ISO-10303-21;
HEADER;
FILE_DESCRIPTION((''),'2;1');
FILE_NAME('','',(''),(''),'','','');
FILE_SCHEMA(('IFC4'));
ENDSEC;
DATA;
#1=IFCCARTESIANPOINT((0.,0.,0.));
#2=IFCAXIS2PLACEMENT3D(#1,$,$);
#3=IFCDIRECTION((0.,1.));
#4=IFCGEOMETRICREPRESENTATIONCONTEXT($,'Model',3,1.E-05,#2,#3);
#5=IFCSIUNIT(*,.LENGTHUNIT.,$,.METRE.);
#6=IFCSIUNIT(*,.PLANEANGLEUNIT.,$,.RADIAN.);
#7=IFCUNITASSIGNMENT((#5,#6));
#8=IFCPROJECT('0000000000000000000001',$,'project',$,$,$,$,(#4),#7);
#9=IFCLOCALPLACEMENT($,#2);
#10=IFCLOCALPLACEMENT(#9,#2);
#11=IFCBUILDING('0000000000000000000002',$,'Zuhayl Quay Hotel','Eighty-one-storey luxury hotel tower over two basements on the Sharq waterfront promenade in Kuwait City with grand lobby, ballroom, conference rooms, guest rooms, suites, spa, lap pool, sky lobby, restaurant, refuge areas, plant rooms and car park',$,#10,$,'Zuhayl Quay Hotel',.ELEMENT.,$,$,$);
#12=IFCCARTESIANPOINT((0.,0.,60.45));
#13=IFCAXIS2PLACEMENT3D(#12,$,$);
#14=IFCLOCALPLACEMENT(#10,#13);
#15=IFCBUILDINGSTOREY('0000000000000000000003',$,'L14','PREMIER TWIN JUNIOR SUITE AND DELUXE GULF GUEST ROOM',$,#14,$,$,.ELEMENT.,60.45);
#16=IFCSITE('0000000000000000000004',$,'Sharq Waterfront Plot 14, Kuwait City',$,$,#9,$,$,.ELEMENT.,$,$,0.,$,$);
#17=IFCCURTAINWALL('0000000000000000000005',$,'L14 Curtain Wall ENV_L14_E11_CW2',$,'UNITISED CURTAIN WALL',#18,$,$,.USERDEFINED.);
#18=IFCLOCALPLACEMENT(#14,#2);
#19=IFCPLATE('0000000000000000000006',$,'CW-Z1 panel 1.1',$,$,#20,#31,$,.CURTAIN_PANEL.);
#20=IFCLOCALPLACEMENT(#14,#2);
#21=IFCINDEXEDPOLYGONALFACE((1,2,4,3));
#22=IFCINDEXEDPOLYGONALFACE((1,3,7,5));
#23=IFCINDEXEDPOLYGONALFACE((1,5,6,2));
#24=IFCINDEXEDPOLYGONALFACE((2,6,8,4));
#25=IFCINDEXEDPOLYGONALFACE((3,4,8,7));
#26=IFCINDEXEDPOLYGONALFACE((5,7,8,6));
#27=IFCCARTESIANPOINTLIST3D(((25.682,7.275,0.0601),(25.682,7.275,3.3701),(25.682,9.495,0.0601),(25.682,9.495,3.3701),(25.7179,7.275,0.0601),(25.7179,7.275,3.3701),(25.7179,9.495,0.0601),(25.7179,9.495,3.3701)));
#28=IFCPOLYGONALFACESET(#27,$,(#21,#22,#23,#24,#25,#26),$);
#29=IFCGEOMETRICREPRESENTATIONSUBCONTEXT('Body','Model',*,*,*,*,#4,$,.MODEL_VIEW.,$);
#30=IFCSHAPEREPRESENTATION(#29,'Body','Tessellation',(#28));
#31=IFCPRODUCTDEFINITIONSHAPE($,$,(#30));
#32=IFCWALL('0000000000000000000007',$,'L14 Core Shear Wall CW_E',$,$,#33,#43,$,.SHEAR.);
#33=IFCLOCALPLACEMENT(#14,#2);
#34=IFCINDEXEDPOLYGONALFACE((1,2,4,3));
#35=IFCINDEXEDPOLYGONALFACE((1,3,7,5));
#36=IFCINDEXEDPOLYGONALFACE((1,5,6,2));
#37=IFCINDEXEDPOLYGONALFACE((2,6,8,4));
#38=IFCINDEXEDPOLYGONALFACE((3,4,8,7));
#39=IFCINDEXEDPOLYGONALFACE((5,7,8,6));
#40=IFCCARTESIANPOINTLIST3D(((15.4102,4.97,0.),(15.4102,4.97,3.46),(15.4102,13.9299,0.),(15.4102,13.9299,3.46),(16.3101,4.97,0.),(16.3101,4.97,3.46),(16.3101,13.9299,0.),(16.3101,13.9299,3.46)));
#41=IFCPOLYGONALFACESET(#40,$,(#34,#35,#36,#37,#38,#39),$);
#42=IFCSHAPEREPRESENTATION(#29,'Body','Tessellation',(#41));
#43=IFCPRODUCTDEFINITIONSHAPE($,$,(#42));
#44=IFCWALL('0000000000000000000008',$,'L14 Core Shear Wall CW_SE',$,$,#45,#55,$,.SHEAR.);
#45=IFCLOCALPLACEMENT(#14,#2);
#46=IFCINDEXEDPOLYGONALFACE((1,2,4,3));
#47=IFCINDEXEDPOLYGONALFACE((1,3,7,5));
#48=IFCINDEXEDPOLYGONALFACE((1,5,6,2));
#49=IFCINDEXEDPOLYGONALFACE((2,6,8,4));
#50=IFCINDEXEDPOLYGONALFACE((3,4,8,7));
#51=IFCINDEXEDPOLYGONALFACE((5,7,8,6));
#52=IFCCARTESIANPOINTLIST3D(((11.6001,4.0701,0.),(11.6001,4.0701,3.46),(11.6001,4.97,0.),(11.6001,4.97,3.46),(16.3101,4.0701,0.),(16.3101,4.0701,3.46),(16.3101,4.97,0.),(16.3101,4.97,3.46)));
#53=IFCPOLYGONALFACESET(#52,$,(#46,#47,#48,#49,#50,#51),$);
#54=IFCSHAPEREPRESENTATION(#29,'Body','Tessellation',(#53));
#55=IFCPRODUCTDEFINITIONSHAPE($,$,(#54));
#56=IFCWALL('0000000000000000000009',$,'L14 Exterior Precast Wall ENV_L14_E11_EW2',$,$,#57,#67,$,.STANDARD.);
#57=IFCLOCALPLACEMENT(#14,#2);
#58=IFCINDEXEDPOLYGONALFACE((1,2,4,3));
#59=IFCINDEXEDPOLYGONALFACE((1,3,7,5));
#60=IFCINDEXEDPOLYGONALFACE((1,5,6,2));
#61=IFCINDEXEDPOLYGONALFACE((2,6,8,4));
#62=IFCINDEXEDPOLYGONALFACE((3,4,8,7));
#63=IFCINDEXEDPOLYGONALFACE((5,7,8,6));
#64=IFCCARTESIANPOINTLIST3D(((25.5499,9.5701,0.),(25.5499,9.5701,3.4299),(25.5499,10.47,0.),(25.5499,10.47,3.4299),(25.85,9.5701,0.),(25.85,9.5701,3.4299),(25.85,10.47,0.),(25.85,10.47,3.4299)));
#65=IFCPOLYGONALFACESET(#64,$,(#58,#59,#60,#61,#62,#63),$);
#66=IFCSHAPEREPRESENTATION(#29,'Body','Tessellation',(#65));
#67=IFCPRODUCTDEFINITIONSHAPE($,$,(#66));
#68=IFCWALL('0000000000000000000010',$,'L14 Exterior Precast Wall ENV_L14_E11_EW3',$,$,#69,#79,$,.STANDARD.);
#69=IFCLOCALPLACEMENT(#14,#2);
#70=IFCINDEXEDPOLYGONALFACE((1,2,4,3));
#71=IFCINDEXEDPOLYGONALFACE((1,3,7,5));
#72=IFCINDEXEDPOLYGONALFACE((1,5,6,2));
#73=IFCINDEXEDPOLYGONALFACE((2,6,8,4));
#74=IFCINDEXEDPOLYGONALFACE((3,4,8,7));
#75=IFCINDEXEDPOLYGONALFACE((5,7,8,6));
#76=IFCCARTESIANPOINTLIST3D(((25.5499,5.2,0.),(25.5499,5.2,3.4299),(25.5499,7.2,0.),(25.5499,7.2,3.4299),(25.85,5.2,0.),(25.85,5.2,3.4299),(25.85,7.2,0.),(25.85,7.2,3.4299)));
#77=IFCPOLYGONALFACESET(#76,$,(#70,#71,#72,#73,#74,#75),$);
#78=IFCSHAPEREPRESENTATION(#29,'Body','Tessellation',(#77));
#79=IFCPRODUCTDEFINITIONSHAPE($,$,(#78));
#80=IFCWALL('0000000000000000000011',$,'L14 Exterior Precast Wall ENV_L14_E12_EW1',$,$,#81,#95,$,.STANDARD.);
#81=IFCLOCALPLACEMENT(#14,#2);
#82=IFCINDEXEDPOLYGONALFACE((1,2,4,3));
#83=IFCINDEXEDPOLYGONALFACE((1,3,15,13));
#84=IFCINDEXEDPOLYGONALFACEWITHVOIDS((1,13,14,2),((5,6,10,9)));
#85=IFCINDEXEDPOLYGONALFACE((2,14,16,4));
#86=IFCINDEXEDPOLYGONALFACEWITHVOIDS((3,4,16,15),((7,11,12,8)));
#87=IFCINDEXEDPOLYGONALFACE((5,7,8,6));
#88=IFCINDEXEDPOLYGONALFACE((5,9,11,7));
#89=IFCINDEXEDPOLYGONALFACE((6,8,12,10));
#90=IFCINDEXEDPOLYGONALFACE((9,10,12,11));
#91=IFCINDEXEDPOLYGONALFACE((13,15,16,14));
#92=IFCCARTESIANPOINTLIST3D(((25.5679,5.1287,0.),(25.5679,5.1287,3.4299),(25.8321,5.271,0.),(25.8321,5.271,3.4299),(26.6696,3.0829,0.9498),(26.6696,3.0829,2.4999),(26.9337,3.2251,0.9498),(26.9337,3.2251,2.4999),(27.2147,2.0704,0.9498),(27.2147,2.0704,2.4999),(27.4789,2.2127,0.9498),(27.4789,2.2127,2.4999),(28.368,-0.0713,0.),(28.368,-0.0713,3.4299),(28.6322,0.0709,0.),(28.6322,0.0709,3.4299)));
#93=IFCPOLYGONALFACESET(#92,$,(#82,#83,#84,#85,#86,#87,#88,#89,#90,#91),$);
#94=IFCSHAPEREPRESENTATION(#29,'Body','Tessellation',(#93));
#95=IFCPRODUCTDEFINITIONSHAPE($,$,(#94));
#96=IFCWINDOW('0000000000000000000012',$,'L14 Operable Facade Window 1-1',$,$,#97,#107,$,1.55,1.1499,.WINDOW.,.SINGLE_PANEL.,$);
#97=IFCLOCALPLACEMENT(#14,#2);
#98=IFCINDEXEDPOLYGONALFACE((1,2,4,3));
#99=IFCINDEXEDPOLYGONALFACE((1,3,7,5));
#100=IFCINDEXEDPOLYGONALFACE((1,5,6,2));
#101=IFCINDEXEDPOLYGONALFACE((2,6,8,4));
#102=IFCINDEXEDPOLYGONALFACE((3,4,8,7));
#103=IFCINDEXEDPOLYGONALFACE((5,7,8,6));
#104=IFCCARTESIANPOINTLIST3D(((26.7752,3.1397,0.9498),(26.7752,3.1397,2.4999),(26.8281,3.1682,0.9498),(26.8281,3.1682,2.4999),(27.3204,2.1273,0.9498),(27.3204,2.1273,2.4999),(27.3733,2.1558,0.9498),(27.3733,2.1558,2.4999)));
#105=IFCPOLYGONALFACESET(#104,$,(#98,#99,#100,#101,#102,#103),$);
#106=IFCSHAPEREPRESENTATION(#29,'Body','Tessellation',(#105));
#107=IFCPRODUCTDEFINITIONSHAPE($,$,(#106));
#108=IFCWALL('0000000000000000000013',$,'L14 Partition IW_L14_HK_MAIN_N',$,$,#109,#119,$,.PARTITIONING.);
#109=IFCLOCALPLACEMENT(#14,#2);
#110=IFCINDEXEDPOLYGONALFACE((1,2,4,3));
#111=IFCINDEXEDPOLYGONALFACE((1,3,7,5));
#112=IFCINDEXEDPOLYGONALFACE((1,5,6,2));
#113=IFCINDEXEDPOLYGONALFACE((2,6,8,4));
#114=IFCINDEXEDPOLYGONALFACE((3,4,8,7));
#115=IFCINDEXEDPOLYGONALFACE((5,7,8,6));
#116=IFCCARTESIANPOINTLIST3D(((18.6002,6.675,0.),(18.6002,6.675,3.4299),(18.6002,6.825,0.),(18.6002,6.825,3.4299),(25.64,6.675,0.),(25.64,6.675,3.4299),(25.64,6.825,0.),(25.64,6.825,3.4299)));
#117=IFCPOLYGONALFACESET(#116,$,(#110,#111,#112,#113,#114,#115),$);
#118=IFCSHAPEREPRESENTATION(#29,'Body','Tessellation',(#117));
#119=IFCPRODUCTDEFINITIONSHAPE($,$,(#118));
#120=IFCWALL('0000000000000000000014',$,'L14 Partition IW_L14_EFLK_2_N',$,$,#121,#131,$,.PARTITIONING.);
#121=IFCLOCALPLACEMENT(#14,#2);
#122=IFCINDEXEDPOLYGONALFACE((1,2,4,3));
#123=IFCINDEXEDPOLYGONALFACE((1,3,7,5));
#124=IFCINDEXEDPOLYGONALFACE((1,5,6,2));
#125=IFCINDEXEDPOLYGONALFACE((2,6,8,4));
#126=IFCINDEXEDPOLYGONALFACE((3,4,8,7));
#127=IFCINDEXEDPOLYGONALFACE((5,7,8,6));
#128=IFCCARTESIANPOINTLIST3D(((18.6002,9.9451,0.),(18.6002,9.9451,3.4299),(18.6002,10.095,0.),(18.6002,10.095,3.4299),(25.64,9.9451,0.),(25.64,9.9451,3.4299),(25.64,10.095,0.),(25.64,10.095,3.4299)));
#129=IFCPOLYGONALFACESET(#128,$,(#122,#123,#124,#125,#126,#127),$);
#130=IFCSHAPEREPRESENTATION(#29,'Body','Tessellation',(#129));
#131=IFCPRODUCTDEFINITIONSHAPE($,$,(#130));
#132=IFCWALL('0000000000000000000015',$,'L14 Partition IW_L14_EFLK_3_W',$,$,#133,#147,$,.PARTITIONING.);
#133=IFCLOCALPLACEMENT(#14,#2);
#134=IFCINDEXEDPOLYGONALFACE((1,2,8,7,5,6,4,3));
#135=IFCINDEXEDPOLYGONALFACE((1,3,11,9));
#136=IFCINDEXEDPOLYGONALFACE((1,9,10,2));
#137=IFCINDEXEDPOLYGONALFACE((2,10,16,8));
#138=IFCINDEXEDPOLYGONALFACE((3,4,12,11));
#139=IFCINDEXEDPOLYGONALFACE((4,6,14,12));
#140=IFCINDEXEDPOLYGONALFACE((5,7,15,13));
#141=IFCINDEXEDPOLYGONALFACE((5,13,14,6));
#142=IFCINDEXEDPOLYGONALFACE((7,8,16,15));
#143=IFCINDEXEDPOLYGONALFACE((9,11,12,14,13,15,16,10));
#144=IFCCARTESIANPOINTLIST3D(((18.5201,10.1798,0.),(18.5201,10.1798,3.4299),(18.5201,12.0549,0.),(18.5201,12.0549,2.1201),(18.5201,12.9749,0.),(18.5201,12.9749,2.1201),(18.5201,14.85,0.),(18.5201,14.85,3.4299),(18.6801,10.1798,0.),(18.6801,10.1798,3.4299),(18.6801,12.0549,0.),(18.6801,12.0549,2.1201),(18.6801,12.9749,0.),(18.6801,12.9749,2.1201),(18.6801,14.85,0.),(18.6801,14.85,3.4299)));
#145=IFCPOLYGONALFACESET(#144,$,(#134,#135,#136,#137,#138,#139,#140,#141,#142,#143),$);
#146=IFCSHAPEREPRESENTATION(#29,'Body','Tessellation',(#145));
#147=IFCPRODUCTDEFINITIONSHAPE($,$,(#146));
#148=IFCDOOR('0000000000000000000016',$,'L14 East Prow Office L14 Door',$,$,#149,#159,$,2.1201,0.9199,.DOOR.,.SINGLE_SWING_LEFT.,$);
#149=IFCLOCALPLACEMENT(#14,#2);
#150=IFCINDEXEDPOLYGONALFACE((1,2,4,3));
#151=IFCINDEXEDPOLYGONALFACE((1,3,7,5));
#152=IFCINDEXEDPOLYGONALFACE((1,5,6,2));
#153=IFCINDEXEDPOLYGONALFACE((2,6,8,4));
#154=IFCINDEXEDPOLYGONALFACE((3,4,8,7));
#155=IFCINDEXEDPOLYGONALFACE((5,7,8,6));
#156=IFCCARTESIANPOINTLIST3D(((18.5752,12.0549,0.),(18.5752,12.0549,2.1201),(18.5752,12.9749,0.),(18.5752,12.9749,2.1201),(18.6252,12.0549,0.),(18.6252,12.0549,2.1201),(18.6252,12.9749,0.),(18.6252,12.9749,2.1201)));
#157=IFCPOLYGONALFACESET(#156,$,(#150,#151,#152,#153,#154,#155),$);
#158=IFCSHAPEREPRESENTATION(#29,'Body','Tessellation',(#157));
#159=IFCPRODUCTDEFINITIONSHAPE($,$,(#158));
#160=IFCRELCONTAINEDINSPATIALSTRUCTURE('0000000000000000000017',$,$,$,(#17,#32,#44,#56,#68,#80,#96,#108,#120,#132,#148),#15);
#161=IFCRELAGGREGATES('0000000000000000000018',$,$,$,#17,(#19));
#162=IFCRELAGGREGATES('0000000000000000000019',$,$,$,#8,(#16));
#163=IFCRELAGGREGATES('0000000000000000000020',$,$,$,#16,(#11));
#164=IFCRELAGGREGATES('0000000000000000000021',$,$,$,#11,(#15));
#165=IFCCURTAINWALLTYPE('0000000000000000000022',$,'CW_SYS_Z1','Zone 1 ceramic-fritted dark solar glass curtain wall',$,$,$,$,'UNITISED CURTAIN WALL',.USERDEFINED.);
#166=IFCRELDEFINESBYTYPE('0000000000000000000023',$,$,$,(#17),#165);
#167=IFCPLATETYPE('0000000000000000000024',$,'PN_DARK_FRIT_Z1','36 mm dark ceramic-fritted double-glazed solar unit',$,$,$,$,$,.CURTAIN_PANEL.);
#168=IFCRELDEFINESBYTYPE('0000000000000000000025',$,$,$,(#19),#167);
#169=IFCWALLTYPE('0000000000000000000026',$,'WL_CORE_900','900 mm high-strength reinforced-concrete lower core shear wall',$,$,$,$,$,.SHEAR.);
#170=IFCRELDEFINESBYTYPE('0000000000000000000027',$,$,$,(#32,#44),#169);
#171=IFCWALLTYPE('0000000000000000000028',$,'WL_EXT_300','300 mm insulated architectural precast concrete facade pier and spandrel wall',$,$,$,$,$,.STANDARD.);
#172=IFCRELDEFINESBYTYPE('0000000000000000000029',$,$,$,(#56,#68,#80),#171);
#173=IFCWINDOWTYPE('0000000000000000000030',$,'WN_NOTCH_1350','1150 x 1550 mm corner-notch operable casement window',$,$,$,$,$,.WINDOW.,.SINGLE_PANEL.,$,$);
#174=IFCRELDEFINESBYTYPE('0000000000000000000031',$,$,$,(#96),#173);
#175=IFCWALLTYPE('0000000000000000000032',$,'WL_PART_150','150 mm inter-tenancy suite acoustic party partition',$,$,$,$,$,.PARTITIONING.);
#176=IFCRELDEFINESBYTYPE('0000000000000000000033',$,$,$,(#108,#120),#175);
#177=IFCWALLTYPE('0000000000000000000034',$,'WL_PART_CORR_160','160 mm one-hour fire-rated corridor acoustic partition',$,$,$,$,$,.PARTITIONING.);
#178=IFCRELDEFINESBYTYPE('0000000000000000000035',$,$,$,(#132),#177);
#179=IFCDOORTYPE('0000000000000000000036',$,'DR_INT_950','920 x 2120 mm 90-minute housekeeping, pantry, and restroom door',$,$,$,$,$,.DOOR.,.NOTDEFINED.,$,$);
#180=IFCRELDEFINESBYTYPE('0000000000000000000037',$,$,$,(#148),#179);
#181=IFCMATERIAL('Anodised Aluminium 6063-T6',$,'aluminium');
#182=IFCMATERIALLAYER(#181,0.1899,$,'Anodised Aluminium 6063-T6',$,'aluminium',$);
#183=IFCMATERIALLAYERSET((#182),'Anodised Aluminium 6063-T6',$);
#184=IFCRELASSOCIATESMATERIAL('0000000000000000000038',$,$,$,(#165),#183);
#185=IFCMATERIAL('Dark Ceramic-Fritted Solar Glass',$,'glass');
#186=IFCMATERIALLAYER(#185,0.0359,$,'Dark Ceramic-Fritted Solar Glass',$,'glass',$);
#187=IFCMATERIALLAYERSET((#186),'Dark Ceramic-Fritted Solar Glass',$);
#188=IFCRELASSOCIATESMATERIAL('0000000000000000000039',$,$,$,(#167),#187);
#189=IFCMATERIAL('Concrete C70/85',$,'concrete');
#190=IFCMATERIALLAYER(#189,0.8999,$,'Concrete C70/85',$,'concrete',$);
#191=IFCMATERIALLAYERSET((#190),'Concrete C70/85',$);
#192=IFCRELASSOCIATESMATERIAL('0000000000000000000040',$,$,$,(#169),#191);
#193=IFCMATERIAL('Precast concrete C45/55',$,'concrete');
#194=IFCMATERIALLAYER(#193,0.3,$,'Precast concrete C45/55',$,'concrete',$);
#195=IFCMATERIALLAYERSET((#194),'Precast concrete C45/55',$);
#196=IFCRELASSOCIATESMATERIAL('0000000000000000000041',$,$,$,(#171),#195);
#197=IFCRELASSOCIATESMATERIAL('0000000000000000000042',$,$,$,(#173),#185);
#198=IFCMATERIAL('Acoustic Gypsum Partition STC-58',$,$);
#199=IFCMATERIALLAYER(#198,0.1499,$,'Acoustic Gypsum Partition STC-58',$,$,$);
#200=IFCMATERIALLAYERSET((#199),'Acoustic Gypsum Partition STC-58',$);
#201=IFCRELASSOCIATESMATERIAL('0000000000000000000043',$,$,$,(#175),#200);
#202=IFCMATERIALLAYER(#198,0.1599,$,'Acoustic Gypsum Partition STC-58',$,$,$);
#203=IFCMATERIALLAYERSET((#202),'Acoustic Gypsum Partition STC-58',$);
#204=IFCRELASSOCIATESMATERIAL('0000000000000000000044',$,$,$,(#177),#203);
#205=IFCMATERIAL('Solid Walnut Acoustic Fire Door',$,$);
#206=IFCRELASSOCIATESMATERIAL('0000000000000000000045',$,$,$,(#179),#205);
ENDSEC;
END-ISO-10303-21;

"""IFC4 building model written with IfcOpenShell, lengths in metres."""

from ifc_helpers import new_model, si_unit, direction, frame, frame_2d, origin, origin_2d, place, context, subcontext, project, spatial, rectangle, extrude, material, layer, layer_set, type_object, element, fill, aggregate, save


model = new_model("IFC4")

# Units and contexts
model_context = context("Model", 3, precision=1e-05, world=origin(), true_north=direction((0.0, 1.0)))
body_context = subcontext(model_context, "Body", "Model", "MODEL_VIEW")
ifc_project = project(units=[si_unit("LENGTHUNIT", "METRE"), si_unit("PLANEANGLEUNIT", "RADIAN")], contexts=[model_context])

# Site, building, storey
site_placement = place(None, origin())
site = spatial("IfcSite", under=ifc_project, at=site_placement, Name="Sharq Waterfront Plot 14, Kuwait City", CompositionType="ELEMENT", RefElevation=0.0)
building_placement = place(site_placement, origin())
building = spatial("IfcBuilding", under=site, at=building_placement, Name="Zuhayl Quay Hotel", Description="Eighty-one-storey luxury hotel tower over two basements on the Sharq waterfront promenade in Kuwait City with grand lobby, ballroom, conference rooms, guest rooms, suites, spa, lap pool, sky lobby, restaurant, refuge areas, plant rooms and car park", LongName="Zuhayl Quay Hotel", CompositionType="ELEMENT")
storey_placement = place(building_placement, frame((0.0, 0.0, 60.45)))
storey = spatial("IfcBuildingStorey", under=building, at=storey_placement, Name="L14", Description="PREMIER TWIN JUNIOR SUITE AND DELUXE GULF GUEST ROOM", CompositionType="ELEMENT", Elevation=60.45)

# Shared definitions
ifc_material_1 = material(Name="Concrete C70/85", Category="concrete")

# Shared definitions
ifc_material_2 = material(Name="Anodised Aluminium 6063-T6", Category="aluminium")
ifc_layer_1 = layer(ifc_material_2, 0.1899, Name="Anodised Aluminium 6063-T6", Category="aluminium")
ifc_layer_set_1 = layer_set([ifc_layer_1], Name="Anodised Aluminium 6063-T6")
curtain_wall_type = type_object("IfcCurtainWallType", Name="CW_SYS_Z1", Description="Zone 1 ceramic-fritted dark solar glass curtain wall", ElementType="UNITISED CURTAIN WALL", PredefinedType="USERDEFINED", material=ifc_layer_set_1)

# Curtain wall
curtain_wall_1_placement = place(storey_placement, origin())
curtain_wall_1 = element("IfcCurtainWall", 1, at=curtain_wall_1_placement, inside=storey, type_object=curtain_wall_type, Name="L14 Curtain Wall ENV_L14_E11_CW2", ObjectType="UNITISED CURTAIN WALL", PredefinedType="USERDEFINED")

# Plate
ifc_material_3 = material(Name="Dark Ceramic-Fritted Solar Glass", Category="glass")
ifc_layer_2 = layer(ifc_material_3, 0.0359, Name="Dark Ceramic-Fritted Solar Glass", Category="glass")
ifc_layer_set_2 = layer_set([ifc_layer_2], Name="Dark Ceramic-Fritted Solar Glass")
plate_type = type_object("IfcPlateType", Name="PN_DARK_FRIT_Z1", Description="36 mm dark ceramic-fritted double-glazed solar unit", PredefinedType="CURTAIN_PANEL", material=ifc_layer_set_2)
plate_1_placement = place(storey_placement, frame((25.7, 8.385, 0.0601), z_axis=(0.0, 0.0, 1.0), x_axis=(0.0, -1.0, 0.0)))
plate_1 = element("IfcPlate", 2, at=plate_1_placement, type_object=plate_type, Name="CW-Z1 panel 1.1", PredefinedType="CURTAIN_PANEL", context=body_context, shape_type="SweptSolid", body=[
    extrude(rectangle(XDim=2.22, YDim=0.0359, at=origin_2d()), origin(), (0.0, 0.0, 1.0), 3.3101),
])
aggregate(curtain_wall_1, [plate_1])

# Walls
ifc_layer_3 = layer(ifc_material_1, 0.8999, Name="Concrete C70/85", Category="concrete")
ifc_layer_set_3 = layer_set([ifc_layer_3], Name="Concrete C70/85")
wall_type_1 = type_object("IfcWallType", Name="WL_CORE_900", Description="900 mm high-strength reinforced-concrete lower core shear wall", PredefinedType="SHEAR", material=ifc_layer_set_3)
wall_1_placement = place(storey_placement, frame((15.8601, 4.97, 0.0), z_axis=(0.0, 0.0, 1.0), x_axis=(0.0, 1.0, 0.0)))
element("IfcWall", 3, at=wall_1_placement, inside=storey, type_object=wall_type_1, Name="L14 Core Shear Wall CW_E", PredefinedType="SHEAR", context=body_context, shape_type="SweptSolid", body=[
    extrude(rectangle(XDim=8.96, YDim=0.8999, at=frame_2d((4.48, 0.0))), origin(), (0.0, 0.0, 1.0), 3.46),
])
wall_2_placement = place(storey_placement, frame((11.6001, 4.52, 0.0), z_axis=(0.0, 0.0, 1.0), x_axis=(1.0, 0.0, 0.0)))
element("IfcWall", 4, at=wall_2_placement, inside=storey, type_object=wall_type_1, Name="L14 Core Shear Wall CW_SE", PredefinedType="SHEAR", context=body_context, shape_type="SweptSolid", body=[
    extrude(rectangle(XDim=4.71, YDim=0.8999, at=frame_2d((2.355, 0.0))), origin(), (0.0, 0.0, 1.0), 3.46),
])
ifc_material_4 = material(Name="Precast concrete C45/55", Category="concrete")
ifc_layer_4 = layer(ifc_material_4, 0.3, Name="Precast concrete C45/55", Category="concrete")
ifc_layer_set_4 = layer_set([ifc_layer_4], Name="Precast concrete C45/55")
wall_type_2 = type_object("IfcWallType", Name="WL_EXT_300", Description="300 mm insulated architectural precast concrete facade pier and spandrel wall", PredefinedType="STANDARD", material=ifc_layer_set_4)
wall_3_placement = place(storey_placement, frame((25.7, 10.47, 0.0), z_axis=(0.0, 0.0, 1.0), x_axis=(0.0, -1.0, 0.0)))
element("IfcWall", 5, at=wall_3_placement, inside=storey, type_object=wall_type_2, Name="L14 Exterior Precast Wall ENV_L14_E11_EW2", PredefinedType="STANDARD", context=body_context, shape_type="SweptSolid", body=[
    extrude(rectangle(XDim=0.8999, YDim=0.3, at=frame_2d((0.45, 0.0))), origin(), (0.0, 0.0, 1.0), 3.4299),
])
wall_4_placement = place(storey_placement, frame((25.7, 7.2, 0.0), z_axis=(0.0, 0.0, 1.0), x_axis=(0.0, -1.0, 0.0)))
element("IfcWall", 6, at=wall_4_placement, inside=storey, type_object=wall_type_2, Name="L14 Exterior Precast Wall ENV_L14_E11_EW3", PredefinedType="STANDARD", context=body_context, shape_type="SweptSolid", body=[
    extrude(rectangle(XDim=2.0, YDim=0.3, at=frame_2d((1.0, 0.0))), origin(), (0.0, 0.0, 1.0), 3.4299),
])

# Wall, opening, window
wall_5_placement = place(storey_placement, frame((25.7, 5.2, 0.0), z_axis=(0.0, 0.0, 1.0), x_axis=(0.47411, -0.880466, 0.0)))
wall_5 = element("IfcWall", 7, at=wall_5_placement, inside=storey, type_object=wall_type_2, Name="L14 Exterior Precast Wall ENV_L14_E12_EW1", PredefinedType="STANDARD", context=body_context, shape_type="SweptSolid", body=[
    extrude(rectangle(XDim=5.906, YDim=0.3, at=frame_2d((2.9531, 0.0))), origin(), (0.0, 0.0, 1.0), 3.4299),
])
opening_1_placement = place(wall_5_placement, frame((2.3237, 0.0, 0.95)))
opening_1 = element("IfcOpeningElement", 8, at=opening_1_placement, cuts=wall_5, PredefinedType="OPENING", context=body_context, shape_type="SweptSolid", body=[
    extrude(rectangle(XDim=1.1499, YDim=1.55, at=frame_2d((0.575, 0.7749))), frame((0.0, 0.1599, 0.0), z_axis=(0.0, -1.0, 0.0), x_axis=(1.0, 0.0, 0.0)), (0.0, 0.0, 1.0), 0.3201),
])
window_type = type_object("IfcWindowType", Name="WN_NOTCH_1350", Description="1150 x 1550 mm corner-notch operable casement window", PartitioningType="SINGLE_PANEL", PredefinedType="WINDOW", material=ifc_material_3)
window_placement = place(opening_1_placement, origin())
window = element("IfcWindow", 9, at=window_placement, inside=storey, type_object=window_type, Name="L14 Operable Facade Window 1-1", OverallHeight=1.55, OverallWidth=1.1499, PartitioningType="SINGLE_PANEL", PredefinedType="WINDOW", context=body_context, shape_type="SweptSolid", body=[
    extrude(rectangle(XDim=1.1499, YDim=1.55, at=frame_2d((0.575, 0.7749))), frame((0.0, 0.03, 0.0), z_axis=(0.0, -1.0, 0.0), x_axis=(1.0, 0.0, 0.0)), (0.0, 0.0, 1.0), 0.0601),
])
fill(opening_1, window)

# Walls
ifc_material_5 = material(Name="Acoustic Gypsum Partition STC-58")
ifc_layer_5 = layer(ifc_material_5, 0.1499, Name="Acoustic Gypsum Partition STC-58")
ifc_layer_set_5 = layer_set([ifc_layer_5], Name="Acoustic Gypsum Partition STC-58")
wall_type_3 = type_object("IfcWallType", Name="WL_PART_150", Description="150 mm inter-tenancy suite acoustic party partition", PredefinedType="PARTITIONING", material=ifc_layer_set_5)
for number, where, z_axis, x_axis, name in (
    (10, (18.6001, 6.75, 0.0), (0.0, 0.0, 1.0), (1.0, 0.0, 0.0), "L14 Partition IW_L14_HK_MAIN_N"),
    (11, (18.6001, 10.02, 0.0), (0.0, 0.0, 1.0), (1.0, 0.0, 0.0), "L14 Partition IW_L14_EFLK_2_N"),
):
    element("IfcWall", number, at=place(storey_placement, frame(where, z_axis=z_axis, x_axis=x_axis)), inside=storey, type_object=wall_type_3, Name=name, PredefinedType="PARTITIONING", context=body_context, shape_type="SweptSolid", body=[
        extrude(rectangle(XDim=7.0398, YDim=0.1499, at=frame_2d((3.52, 0.0))), origin(), (0.0, 0.0, 1.0), 3.4299),
    ])

# Wall, opening, door
ifc_layer_6 = layer(ifc_material_5, 0.1599, Name="Acoustic Gypsum Partition STC-58")
ifc_layer_set_6 = layer_set([ifc_layer_6], Name="Acoustic Gypsum Partition STC-58")
wall_type_4 = type_object("IfcWallType", Name="WL_PART_CORR_160", Description="160 mm one-hour fire-rated corridor acoustic partition", PredefinedType="PARTITIONING", material=ifc_layer_set_6)
ifc_material_6 = material(Name="Solid Walnut Acoustic Fire Door")
door_type_1 = type_object("IfcDoorType", Name="DR_INT_950", Description="920 x 2120 mm 90-minute housekeeping, pantry, and restroom door", OperationType="NOTDEFINED", PredefinedType="DOOR", material=ifc_material_6)
wall_6_placement = place(storey_placement, frame((18.6001, 10.1799, 0.0), z_axis=(0.0, 0.0, 1.0), x_axis=(0.0, 1.0, 0.0)))
wall_6 = element("IfcWall", 12, at=wall_6_placement, inside=storey, type_object=wall_type_4, Name="L14 Partition IW_L14_EFLK_3_W", PredefinedType="PARTITIONING", context=body_context, shape_type="SweptSolid", body=[
    extrude(rectangle(XDim=4.6702, YDim=0.1599, at=frame_2d((2.335, 0.0))), origin(), (0.0, 0.0, 1.0), 3.4299),
])
opening_2_placement = place(wall_6_placement, frame((1.875, 0.0, 0.0)))
opening_2 = element("IfcOpeningElement", 13, at=opening_2_placement, cuts=wall_6, PredefinedType="OPENING", context=body_context, shape_type="SweptSolid", body=[
    extrude(rectangle(XDim=0.9199, YDim=2.1201, at=frame_2d((0.46, 1.0601))), frame((0.0, 0.0898, 0.0), z_axis=(0.0, -1.0, 0.0), x_axis=(1.0, 0.0, 0.0)), (0.0, 0.0, 1.0), 0.1799),
])
door_1_placement = place(opening_2_placement, origin())
door_1 = element("IfcDoor", 14, at=door_1_placement, inside=storey, type_object=door_type_1, Name="L14 East Prow Office L14 Door", OperationType="SINGLE_SWING_LEFT", OverallHeight=2.1201, OverallWidth=0.9199, PredefinedType="DOOR", context=body_context, shape_type="SweptSolid", body=[
    extrude(rectangle(XDim=0.9199, YDim=2.1201, at=frame_2d((0.46, 1.0601))), frame((0.0, 0.0249, 0.0), z_axis=(0.0, -1.0, 0.0), x_axis=(1.0, 0.0, 0.0)), (0.0, 0.0, 1.0), 0.05),
])
fill(opening_2, door_1)

save(model, "model.ifc")
